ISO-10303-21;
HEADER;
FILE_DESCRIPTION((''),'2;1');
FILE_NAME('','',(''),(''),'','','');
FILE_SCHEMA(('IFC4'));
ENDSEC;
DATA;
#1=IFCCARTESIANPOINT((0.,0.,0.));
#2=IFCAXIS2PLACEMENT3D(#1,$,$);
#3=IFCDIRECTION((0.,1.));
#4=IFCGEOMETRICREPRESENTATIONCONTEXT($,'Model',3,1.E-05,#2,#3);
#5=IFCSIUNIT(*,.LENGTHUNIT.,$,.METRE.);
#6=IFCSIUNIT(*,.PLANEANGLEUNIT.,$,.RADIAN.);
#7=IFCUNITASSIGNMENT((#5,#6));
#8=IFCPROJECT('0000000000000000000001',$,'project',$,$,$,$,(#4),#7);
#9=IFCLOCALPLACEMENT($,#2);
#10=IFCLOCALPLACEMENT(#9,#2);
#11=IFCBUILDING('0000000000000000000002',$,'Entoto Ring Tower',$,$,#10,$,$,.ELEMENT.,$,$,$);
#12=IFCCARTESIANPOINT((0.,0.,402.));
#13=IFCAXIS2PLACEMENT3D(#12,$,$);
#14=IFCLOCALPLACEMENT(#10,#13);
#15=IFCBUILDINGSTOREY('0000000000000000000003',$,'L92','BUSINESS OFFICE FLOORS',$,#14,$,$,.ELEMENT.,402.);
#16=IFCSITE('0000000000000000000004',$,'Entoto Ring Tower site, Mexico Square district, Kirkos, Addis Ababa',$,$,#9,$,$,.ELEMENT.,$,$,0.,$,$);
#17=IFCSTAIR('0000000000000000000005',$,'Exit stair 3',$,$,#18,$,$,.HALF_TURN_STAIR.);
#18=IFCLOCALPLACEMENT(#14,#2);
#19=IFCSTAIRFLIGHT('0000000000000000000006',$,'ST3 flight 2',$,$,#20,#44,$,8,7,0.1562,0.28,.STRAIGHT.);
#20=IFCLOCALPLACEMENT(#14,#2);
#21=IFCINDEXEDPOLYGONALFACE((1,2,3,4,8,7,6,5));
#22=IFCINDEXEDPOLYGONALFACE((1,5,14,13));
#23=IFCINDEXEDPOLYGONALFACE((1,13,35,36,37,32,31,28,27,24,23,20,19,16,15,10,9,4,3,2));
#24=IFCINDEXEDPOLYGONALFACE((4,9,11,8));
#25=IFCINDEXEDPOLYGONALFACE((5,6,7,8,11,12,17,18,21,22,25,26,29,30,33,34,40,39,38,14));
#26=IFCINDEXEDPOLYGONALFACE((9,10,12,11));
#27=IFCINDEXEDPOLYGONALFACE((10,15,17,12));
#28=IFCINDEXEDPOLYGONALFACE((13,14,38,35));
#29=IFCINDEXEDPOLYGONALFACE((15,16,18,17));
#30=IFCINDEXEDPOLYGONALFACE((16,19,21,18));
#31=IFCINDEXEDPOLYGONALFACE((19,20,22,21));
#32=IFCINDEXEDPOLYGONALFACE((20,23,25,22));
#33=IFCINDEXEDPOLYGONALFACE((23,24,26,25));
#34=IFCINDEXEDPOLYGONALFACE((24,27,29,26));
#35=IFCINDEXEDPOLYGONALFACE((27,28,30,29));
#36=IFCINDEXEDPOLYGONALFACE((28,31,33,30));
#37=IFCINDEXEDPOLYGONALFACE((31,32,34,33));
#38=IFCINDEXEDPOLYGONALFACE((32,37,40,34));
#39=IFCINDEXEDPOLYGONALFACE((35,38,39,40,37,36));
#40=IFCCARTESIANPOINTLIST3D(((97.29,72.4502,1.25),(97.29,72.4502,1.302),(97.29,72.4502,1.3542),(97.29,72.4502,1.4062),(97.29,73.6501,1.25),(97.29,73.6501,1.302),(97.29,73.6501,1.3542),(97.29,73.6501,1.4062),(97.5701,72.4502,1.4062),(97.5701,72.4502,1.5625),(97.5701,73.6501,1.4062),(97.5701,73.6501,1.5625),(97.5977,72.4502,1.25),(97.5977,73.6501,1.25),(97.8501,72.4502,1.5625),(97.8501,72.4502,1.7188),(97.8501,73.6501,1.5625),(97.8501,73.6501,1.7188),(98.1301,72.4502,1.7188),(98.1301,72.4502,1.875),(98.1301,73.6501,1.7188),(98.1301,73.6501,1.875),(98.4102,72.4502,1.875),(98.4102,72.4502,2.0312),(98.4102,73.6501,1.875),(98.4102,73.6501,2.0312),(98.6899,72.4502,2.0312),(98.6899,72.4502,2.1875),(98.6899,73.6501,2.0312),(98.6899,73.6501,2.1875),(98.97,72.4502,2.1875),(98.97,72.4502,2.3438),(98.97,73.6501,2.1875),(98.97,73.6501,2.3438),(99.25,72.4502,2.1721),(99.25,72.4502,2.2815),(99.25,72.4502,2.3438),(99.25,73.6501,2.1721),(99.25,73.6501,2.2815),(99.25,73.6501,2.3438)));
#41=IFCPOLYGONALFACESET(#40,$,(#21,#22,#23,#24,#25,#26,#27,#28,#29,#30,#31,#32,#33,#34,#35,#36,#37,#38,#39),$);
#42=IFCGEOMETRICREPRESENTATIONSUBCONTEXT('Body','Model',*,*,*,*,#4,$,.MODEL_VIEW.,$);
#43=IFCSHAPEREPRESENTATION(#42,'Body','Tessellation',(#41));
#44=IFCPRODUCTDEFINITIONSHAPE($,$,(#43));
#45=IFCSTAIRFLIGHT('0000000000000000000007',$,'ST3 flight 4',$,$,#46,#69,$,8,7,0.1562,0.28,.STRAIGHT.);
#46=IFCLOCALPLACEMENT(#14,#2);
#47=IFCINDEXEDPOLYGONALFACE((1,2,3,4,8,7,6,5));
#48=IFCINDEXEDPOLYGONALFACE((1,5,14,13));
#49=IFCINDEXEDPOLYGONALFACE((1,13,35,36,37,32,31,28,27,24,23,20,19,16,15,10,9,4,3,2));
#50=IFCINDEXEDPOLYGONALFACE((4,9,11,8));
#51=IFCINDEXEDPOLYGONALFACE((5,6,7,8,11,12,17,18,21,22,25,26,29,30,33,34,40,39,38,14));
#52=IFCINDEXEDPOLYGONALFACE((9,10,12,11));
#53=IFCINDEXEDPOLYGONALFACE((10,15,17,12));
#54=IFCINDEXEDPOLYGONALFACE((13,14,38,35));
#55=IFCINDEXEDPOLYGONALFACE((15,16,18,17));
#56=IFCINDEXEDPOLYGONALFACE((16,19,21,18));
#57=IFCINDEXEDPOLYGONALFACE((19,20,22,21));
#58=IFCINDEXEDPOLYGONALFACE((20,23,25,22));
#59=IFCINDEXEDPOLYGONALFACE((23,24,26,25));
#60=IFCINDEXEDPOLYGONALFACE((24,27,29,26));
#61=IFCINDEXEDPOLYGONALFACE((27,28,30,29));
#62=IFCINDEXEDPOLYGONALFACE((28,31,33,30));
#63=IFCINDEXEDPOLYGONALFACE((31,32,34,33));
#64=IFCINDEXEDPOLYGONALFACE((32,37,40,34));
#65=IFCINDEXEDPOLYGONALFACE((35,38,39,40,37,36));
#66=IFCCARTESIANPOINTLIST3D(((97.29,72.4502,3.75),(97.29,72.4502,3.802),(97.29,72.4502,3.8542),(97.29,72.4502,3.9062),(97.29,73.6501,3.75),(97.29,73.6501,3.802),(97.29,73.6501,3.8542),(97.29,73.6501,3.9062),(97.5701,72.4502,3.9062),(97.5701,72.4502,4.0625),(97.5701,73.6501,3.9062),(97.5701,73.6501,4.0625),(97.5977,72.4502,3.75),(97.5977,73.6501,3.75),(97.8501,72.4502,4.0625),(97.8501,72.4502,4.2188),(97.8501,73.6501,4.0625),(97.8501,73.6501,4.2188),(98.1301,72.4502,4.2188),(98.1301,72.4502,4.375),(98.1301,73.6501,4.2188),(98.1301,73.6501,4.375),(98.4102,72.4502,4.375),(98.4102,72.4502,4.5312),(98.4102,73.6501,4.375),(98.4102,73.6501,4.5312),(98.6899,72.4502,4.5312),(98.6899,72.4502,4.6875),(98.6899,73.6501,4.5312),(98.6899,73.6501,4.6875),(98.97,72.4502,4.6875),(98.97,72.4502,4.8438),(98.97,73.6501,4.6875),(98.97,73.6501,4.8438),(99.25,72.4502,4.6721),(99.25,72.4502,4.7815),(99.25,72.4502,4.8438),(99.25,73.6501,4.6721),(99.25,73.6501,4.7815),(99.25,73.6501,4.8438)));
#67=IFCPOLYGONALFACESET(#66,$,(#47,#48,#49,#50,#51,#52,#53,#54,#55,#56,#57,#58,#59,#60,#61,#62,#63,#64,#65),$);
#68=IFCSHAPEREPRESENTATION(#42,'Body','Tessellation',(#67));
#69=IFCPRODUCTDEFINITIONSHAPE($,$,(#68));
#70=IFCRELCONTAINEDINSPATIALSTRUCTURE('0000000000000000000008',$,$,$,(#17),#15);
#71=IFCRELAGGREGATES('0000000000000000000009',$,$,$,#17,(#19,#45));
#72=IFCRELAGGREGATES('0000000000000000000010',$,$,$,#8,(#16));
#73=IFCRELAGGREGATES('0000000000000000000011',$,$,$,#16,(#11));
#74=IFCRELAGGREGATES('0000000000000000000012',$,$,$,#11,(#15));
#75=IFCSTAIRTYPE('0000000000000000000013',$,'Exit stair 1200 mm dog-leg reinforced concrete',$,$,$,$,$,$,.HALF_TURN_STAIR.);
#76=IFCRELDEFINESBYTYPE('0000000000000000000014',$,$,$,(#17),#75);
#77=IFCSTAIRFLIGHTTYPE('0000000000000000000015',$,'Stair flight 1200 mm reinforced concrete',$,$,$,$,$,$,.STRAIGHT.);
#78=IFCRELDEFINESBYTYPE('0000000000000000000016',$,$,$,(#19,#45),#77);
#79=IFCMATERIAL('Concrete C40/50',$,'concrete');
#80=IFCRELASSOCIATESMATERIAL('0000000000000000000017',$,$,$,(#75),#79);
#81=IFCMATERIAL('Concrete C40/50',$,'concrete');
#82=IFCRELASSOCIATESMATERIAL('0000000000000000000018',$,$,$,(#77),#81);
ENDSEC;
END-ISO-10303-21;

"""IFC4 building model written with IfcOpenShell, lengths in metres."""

from ifc_helpers import new_model, si_unit, direction, frame, origin, place, context, subcontext, project, spatial, polyline, outline, extrude, material, type_object, element, aggregate, save


model = new_model("IFC4")

# Units and contexts
model_context = context("Model", 3, precision=1e-05, world=origin(), true_north=direction((0.0, 1.0)))
body_context = subcontext(model_context, "Body", "Model", "MODEL_VIEW")
ifc_project = project(units=[si_unit("LENGTHUNIT", "METRE"), si_unit("PLANEANGLEUNIT", "RADIAN")], contexts=[model_context])

# Site, building, storey
site_placement = place(None, origin())
site = spatial("IfcSite", under=ifc_project, at=site_placement, Name="Entoto Ring Tower site, Mexico Square district, Kirkos, Addis Ababa", CompositionType="ELEMENT", RefElevation=0.0)
building_placement = place(site_placement, origin())
building = spatial("IfcBuilding", under=site, at=building_placement, Name="Entoto Ring Tower", CompositionType="ELEMENT")
storey_placement = place(building_placement, frame((0.0, 0.0, 402.0)))
storey = spatial("IfcBuildingStorey", under=building, at=storey_placement, Name="L92", Description="BUSINESS OFFICE FLOORS", CompositionType="ELEMENT", Elevation=402.0)

# Stair, stair flights
ifc_material_1 = material(Name="Concrete C40/50", Category="concrete")
stair_type = type_object("IfcStairType", Name="Exit stair 1200 mm dog-leg reinforced concrete", PredefinedType="HALF_TURN_STAIR", material=ifc_material_1)
stair_placement = place(storey_placement, origin())
stair = element("IfcStair", 1, at=stair_placement, inside=storey, type_object=stair_type, Name="Exit stair 3", PredefinedType="HALF_TURN_STAIR")
ifc_material_2 = material(Name="Concrete C40/50", Category="concrete")
stair_flight_type = type_object("IfcStairFlightType", Name="Stair flight 1200 mm reinforced concrete", PredefinedType="STRAIGHT", material=ifc_material_2)
stair_flight_1_placement = place(storey_placement, frame((97.29, 73.05, 1.25), z_axis=(0.0, 0.0, 1.0), x_axis=(1.0, 0.0, 0.0)))
stair_flight_1 = element("IfcStairFlight", 2, at=stair_flight_1_placement, type_object=stair_flight_type, Name="ST3 flight 2", NumberOfRisers=8, NumberOfTreads=7, PredefinedType="STRAIGHT", RiserHeight=0.1562, TreadLength=0.28, context=body_context, shape_type="SweptSolid", body=[
    extrude(outline(polyline([(0.0, 0.0), (0.0, 0.052), (0.0, 0.1042), (0.0, 0.1562), (0.28, 0.1562), (0.28, 0.3125), (0.5601, 0.3125), (0.5601, 0.4688), (0.8401, 0.4688), (0.8401, 0.625), (1.1201, 0.625), (1.1201, 0.7812), (1.3999, 0.7812), (1.3999, 0.9375), (1.6799, 0.9375), (1.6799, 1.0938), (1.96, 1.0938), (1.96, 1.25), (1.96, 1.1406), (1.96, 1.0315), (1.96, 0.9221), (0.3076, 0.0), (0.0, 0.0)])), frame((0.0, 0.6001, 0.0), z_axis=(0.0, -1.0, 0.0), x_axis=(1.0, 0.0, 0.0)), (0.0, 0.0, 1.0), 1.2),
])
stair_flight_2_placement = place(storey_placement, frame((97.29, 73.05, 3.75), z_axis=(0.0, 0.0, 1.0), x_axis=(1.0, 0.0, 0.0)))
stair_flight_2 = element("IfcStairFlight", 3, at=stair_flight_2_placement, type_object=stair_flight_type, Name="ST3 flight 4", NumberOfRisers=8, NumberOfTreads=7, PredefinedType="STRAIGHT", RiserHeight=0.1562, TreadLength=0.28, context=body_context, shape_type="SweptSolid", body=[
    extrude(outline(polyline([(0.0, 0.0), (0.0, 0.052), (0.0, 0.1042), (0.0, 0.1562), (0.28, 0.1562), (0.28, 0.3125), (0.5601, 0.3125), (0.5601, 0.4688), (0.8401, 0.4688), (0.8401, 0.625), (1.1201, 0.625), (1.1201, 0.7812), (1.3999, 0.7812), (1.3999, 0.9375), (1.6799, 0.9375), (1.6799, 1.0938), (1.96, 1.0938), (1.96, 1.25), (1.96, 1.1406), (1.96, 1.0315), (1.96, 0.9221), (0.3076, 0.0), (0.0, 0.0)])), frame((0.0, 0.6001, 0.0), z_axis=(0.0, -1.0, 0.0), x_axis=(1.0, 0.0, 0.0)), (0.0, 0.0, 1.0), 1.2),
])
aggregate(stair, [stair_flight_1, stair_flight_2])

save(model, "model.ifc")
